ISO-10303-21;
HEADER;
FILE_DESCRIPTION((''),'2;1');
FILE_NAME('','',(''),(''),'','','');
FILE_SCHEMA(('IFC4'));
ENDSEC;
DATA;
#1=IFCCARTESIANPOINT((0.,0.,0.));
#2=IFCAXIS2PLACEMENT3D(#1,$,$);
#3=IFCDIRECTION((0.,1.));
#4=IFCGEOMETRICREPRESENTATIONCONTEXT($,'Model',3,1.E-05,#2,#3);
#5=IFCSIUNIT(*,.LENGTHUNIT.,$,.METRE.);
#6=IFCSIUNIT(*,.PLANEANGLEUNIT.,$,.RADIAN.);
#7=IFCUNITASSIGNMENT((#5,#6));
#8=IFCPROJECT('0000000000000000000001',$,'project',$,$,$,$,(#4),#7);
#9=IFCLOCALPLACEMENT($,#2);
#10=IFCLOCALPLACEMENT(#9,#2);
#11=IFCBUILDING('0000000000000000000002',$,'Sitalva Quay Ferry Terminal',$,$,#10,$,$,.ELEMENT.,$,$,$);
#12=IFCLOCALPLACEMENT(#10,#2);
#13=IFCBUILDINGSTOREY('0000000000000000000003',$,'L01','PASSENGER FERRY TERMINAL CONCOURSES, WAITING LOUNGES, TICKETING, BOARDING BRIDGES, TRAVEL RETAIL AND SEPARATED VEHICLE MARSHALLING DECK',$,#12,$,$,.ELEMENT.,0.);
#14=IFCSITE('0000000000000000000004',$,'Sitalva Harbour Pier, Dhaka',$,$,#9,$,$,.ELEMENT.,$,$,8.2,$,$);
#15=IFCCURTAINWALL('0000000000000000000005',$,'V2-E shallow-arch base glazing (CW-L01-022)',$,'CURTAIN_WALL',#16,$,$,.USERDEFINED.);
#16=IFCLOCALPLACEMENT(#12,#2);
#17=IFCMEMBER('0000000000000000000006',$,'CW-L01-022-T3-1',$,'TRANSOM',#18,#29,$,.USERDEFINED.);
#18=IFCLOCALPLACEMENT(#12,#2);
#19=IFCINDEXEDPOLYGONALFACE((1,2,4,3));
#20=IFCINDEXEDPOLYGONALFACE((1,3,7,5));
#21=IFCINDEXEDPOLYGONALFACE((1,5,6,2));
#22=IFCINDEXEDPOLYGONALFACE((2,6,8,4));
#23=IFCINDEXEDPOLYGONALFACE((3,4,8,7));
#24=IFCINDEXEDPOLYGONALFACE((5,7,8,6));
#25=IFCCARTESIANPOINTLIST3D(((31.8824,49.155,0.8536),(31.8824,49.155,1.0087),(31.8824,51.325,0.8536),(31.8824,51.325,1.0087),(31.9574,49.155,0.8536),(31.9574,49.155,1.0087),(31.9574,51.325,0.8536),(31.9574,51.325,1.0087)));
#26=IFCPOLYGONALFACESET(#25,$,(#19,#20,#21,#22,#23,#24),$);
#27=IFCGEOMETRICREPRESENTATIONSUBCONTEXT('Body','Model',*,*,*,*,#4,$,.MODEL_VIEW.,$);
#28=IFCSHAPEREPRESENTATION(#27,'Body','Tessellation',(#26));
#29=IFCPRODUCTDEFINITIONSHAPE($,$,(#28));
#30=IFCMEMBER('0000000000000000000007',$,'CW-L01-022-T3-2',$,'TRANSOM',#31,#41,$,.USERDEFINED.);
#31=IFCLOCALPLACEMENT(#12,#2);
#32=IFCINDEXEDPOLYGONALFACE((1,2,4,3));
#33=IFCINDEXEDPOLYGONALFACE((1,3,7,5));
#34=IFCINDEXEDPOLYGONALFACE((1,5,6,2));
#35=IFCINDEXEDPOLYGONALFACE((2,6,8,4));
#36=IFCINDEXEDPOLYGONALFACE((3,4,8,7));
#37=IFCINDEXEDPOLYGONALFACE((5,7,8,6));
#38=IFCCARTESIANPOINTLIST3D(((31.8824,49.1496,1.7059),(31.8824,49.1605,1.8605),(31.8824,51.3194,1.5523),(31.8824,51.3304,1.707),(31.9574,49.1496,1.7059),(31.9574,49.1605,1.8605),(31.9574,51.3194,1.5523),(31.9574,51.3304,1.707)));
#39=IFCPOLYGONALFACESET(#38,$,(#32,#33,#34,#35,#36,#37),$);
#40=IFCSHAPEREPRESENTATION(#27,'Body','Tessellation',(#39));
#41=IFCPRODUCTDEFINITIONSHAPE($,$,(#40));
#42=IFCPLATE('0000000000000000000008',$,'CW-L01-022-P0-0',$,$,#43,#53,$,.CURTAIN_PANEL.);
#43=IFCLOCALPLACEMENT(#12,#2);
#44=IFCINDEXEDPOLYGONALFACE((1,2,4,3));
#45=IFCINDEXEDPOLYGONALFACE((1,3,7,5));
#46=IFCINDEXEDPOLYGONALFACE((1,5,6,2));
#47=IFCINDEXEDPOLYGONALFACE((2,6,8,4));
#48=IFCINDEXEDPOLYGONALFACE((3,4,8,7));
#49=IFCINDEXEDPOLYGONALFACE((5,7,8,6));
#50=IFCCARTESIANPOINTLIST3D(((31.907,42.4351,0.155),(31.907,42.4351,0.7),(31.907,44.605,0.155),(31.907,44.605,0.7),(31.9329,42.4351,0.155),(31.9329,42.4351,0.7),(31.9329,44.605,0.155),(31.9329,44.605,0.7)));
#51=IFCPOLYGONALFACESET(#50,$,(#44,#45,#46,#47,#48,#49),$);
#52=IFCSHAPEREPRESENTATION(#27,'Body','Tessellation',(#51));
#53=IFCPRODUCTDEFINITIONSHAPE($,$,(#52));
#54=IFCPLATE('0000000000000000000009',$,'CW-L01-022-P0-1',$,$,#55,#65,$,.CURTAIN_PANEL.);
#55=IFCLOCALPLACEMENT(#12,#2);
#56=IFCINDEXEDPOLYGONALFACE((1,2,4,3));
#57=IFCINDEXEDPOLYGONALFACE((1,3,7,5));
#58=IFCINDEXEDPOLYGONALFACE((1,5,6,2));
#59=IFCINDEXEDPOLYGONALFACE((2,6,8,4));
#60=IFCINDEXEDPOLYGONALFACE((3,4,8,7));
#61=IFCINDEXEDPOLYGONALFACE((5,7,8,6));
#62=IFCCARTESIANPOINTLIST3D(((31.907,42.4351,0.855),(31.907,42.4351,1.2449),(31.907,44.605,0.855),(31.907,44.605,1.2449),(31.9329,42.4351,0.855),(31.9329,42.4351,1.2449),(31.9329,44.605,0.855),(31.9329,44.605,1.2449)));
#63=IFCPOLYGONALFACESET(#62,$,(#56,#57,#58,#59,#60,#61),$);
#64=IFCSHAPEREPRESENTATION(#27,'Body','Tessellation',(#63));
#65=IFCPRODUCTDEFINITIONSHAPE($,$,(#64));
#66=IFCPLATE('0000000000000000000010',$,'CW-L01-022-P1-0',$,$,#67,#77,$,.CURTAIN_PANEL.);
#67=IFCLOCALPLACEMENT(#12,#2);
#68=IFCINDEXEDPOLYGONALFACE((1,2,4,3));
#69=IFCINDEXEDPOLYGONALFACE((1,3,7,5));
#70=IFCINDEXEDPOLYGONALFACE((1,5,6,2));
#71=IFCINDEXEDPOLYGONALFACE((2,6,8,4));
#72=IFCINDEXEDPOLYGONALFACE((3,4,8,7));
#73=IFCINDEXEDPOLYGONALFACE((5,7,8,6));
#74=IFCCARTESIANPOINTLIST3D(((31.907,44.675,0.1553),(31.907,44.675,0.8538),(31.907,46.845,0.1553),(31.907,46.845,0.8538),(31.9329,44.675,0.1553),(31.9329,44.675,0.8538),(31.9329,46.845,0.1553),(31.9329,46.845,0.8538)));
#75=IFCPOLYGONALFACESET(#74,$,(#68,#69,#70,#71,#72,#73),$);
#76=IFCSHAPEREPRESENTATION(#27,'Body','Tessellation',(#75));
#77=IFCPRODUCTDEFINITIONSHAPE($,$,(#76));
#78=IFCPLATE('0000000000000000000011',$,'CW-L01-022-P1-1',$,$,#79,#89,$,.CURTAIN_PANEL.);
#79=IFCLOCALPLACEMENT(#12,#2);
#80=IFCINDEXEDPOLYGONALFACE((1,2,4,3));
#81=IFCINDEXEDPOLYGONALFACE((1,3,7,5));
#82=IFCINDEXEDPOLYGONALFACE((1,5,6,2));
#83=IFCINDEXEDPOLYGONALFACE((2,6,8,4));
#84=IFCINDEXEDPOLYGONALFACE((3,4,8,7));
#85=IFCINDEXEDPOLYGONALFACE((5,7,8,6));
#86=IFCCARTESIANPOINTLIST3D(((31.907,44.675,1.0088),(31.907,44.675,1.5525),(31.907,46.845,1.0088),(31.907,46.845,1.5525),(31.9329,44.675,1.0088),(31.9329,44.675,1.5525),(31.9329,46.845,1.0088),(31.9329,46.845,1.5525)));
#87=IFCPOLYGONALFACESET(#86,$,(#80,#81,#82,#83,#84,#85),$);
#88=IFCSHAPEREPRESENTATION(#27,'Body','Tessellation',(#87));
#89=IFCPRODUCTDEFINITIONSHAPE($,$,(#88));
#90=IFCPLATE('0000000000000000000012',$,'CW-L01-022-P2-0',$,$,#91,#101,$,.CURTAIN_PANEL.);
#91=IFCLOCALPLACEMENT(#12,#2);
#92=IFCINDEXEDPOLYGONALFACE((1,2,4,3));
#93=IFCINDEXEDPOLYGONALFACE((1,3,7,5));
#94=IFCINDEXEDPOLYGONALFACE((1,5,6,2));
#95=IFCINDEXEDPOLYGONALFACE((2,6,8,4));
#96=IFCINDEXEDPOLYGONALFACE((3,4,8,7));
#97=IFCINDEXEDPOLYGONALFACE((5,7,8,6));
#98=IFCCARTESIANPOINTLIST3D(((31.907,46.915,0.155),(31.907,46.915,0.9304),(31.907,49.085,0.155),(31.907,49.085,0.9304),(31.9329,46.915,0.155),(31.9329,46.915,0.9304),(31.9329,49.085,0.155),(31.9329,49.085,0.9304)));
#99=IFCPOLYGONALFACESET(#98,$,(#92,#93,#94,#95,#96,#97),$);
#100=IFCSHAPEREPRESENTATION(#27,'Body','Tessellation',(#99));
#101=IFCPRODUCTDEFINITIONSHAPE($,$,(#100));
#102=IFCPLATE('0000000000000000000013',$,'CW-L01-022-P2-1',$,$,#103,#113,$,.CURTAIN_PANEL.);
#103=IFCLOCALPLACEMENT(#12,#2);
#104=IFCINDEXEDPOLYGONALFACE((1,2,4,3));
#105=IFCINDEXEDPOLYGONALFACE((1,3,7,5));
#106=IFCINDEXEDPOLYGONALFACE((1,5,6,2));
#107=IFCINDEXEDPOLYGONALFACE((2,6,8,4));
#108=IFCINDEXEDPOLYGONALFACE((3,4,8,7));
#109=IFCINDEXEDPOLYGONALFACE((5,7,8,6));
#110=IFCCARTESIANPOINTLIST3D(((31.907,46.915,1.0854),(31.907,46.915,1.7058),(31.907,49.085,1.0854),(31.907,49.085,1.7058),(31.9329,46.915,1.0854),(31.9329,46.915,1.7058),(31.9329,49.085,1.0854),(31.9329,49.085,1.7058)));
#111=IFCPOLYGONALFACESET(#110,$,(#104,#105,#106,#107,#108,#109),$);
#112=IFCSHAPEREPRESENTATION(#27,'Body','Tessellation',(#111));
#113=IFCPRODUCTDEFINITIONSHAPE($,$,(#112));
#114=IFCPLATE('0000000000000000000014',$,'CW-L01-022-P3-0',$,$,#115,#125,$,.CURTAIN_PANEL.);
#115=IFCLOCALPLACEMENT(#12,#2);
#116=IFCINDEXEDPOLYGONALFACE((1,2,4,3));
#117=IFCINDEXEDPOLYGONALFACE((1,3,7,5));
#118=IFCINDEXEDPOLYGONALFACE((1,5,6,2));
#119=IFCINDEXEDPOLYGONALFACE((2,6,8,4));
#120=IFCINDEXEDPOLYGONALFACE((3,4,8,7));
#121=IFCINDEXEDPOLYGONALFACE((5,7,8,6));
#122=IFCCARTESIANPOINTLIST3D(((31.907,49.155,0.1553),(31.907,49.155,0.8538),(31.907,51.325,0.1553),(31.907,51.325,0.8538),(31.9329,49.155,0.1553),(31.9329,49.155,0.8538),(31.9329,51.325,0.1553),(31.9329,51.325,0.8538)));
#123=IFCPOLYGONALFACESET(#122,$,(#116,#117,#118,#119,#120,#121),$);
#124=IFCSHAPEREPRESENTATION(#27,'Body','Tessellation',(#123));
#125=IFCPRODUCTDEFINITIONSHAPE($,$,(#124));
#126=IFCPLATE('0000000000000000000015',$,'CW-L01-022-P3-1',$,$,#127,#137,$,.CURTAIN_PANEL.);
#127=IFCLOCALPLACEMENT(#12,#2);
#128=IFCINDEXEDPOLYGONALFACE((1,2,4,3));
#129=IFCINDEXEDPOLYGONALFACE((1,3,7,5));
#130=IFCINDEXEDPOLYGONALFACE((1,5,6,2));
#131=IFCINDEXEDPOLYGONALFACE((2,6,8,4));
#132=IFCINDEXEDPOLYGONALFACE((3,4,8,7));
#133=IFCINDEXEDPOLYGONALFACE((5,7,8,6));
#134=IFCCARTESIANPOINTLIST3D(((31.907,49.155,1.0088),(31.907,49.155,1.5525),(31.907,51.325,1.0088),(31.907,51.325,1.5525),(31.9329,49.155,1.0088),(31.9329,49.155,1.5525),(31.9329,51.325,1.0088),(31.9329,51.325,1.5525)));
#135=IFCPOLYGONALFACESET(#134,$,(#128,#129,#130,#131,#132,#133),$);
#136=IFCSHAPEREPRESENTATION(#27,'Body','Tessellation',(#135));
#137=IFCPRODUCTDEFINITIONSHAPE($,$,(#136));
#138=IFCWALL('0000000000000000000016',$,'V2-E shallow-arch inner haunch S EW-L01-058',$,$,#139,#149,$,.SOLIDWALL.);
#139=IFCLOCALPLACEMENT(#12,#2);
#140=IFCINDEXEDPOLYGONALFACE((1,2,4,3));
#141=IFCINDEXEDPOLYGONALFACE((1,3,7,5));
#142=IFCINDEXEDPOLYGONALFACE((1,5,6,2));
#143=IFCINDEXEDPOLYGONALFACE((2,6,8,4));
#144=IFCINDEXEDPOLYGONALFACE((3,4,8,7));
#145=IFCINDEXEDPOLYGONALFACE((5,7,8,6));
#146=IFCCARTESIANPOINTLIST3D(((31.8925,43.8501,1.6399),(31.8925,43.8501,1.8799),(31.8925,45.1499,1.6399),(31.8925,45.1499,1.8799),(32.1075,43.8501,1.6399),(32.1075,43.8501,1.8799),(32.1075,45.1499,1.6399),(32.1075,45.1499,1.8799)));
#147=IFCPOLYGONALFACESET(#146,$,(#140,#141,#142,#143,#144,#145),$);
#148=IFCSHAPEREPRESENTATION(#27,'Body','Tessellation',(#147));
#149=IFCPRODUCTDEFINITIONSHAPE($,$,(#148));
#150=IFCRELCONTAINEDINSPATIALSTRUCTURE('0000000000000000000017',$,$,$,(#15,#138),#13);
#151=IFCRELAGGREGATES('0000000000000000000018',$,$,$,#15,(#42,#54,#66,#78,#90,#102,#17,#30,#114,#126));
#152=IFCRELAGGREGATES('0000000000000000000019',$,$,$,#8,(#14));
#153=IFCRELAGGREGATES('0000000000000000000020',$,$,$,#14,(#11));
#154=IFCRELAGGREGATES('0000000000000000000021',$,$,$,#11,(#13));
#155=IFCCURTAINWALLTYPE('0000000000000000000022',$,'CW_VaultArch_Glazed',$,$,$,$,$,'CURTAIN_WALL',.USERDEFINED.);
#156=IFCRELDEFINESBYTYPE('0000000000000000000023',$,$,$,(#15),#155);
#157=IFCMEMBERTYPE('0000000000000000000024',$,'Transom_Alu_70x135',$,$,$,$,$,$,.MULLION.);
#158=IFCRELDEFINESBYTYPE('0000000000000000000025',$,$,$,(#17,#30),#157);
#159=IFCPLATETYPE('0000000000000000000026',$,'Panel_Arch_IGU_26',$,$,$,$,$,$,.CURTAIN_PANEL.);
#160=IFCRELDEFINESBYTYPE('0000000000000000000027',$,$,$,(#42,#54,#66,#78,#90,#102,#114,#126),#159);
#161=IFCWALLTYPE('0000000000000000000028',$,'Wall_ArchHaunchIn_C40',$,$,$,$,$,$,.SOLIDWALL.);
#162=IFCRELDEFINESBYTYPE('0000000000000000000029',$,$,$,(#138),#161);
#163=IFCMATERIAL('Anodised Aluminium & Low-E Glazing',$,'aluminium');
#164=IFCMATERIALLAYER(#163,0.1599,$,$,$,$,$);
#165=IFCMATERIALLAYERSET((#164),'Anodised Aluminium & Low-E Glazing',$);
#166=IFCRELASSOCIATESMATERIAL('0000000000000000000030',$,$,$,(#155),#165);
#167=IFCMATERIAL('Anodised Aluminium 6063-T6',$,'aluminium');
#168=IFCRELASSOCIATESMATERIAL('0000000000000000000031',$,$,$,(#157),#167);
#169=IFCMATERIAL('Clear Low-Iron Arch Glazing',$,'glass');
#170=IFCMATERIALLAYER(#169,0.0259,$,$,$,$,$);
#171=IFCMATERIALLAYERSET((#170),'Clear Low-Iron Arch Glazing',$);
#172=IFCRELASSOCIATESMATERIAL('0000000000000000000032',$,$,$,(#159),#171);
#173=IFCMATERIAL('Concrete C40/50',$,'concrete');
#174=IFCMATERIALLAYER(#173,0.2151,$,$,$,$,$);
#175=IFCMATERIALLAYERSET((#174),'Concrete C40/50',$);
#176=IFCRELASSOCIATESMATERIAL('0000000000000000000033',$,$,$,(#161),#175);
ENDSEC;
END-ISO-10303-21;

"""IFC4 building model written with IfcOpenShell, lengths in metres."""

from ifc_helpers import new_model, si_unit, direction, frame, frame_2d, origin, origin_2d, place, context, subcontext, project, spatial, rectangle, extrude, material, layer, layer_set, material_profile, profile_set, type_object, element, aggregate, save


model = new_model("IFC4")

# Units and contexts
model_context = context("Model", 3, precision=1e-05, world=origin(), true_north=direction((0.0, 1.0)))
body_context = subcontext(model_context, "Body", "Model", "MODEL_VIEW")
ifc_project = project(units=[si_unit("LENGTHUNIT", "METRE"), si_unit("PLANEANGLEUNIT", "RADIAN")], contexts=[model_context])

# Site, building, storey
site_placement = place(None, origin())
site = spatial("IfcSite", under=ifc_project, at=site_placement, Name="Sitalva Harbour Pier, Dhaka", CompositionType="ELEMENT", RefElevation=8.2)
building_placement = place(site_placement, origin())
building = spatial("IfcBuilding", under=site, at=building_placement, Name="Sitalva Quay Ferry Terminal", CompositionType="ELEMENT")
storey_placement = place(building_placement, origin())
storey = spatial("IfcBuildingStorey", under=building, at=storey_placement, Name="L01", Description="PASSENGER FERRY TERMINAL CONCOURSES, WAITING LOUNGES, TICKETING, BOARDING BRIDGES, TRAVEL RETAIL AND SEPARATED VEHICLE MARSHALLING DECK", CompositionType="ELEMENT", Elevation=0.0)

# Curtain wall, members, plates
ifc_material_1 = material(Name="Anodised Aluminium & Low-E Glazing", Category="aluminium")
ifc_layer_1 = layer(ifc_material_1, 0.1599)
ifc_layer_set_1 = layer_set([ifc_layer_1], Name="Anodised Aluminium & Low-E Glazing")
curtain_wall_type = type_object("IfcCurtainWallType", Name="CW_VaultArch_Glazed", ElementType="CURTAIN_WALL", PredefinedType="USERDEFINED", material=ifc_layer_set_1)
curtain_wall_placement = place(storey_placement, origin())
curtain_wall = element("IfcCurtainWall", 1, at=curtain_wall_placement, inside=storey, type_object=curtain_wall_type, Name="V2-E shallow-arch base glazing (CW-L01-022)", ObjectType="CURTAIN_WALL", PredefinedType="USERDEFINED")
ifc_material_2 = material(Name="Anodised Aluminium 6063-T6", Category="aluminium")
ifc_material_profile_1 = material_profile(ifc_material_2, rectangle(XDim=0.075, YDim=0.155, at=origin_2d()), Name="ALU75x155")
ifc_profile_set_1 = profile_set([ifc_material_profile_1], Name="Anodised Aluminium 6063-T6")
member_type_1 = type_object("IfcMemberType", Name="Transom_Alu_70x135", PredefinedType="MULLION", material=ifc_profile_set_1)
member_1_placement = place(storey_placement, frame((31.9199, 49.155, 0.9312), z_axis=(0.0, 1.0, 0.0), x_axis=(-1.0, 0.0, 0.0)))
member_1 = element("IfcMember", 2, at=member_1_placement, type_object=member_type_1, Name="CW-L01-022-T3-1", ObjectType="TRANSOM", PredefinedType="USERDEFINED", context=body_context, shape_type="SweptSolid", body=[
    extrude(rectangle(XDim=0.075, YDim=0.155, at=origin_2d()), origin(), (0.0, 0.0, 1.0), 2.1699),
])
member_2_placement = place(storey_placement, frame((31.9199, 49.155, 1.7832), z_axis=(0.0, 0.997505, -0.070593), x_axis=(-1.0, 0.0, 0.0)))
member_2 = element("IfcMember", 3, at=member_2_placement, type_object=member_type_1, Name="CW-L01-022-T3-2", ObjectType="TRANSOM", PredefinedType="USERDEFINED", context=body_context, shape_type="SweptSolid", body=[
    extrude(rectangle(XDim=0.075, YDim=0.155, at=origin_2d()), origin(), (0.0, 0.0, 1.0), 2.1753),
])
ifc_material_3 = material(Name="Clear Low-Iron Arch Glazing", Category="glass")
ifc_layer_2 = layer(ifc_material_3, 0.0259)
ifc_layer_set_2 = layer_set([ifc_layer_2], Name="Clear Low-Iron Arch Glazing")
plate_type = type_object("IfcPlateType", Name="Panel_Arch_IGU_26", PredefinedType="CURTAIN_PANEL", material=ifc_layer_set_2)
plate_1_placement = place(storey_placement, frame((31.9199, 43.52, 0.155), z_axis=(0.0, 0.0, 1.0), x_axis=(0.0, 1.0, 0.0)))
plate_1 = element("IfcPlate", 4, at=plate_1_placement, type_object=plate_type, Name="CW-L01-022-P0-0", PredefinedType="CURTAIN_PANEL", context=body_context, shape_type="SweptSolid", body=[
    extrude(rectangle(XDim=2.1699, YDim=0.0259, at=origin_2d()), origin(), (0.0, 0.0, 1.0), 0.5449),
])
plate_2_placement = place(storey_placement, frame((31.9199, 43.52, 0.855), z_axis=(0.0, 0.0, 1.0), x_axis=(0.0, 1.0, 0.0)))
plate_2 = element("IfcPlate", 5, at=plate_2_placement, type_object=plate_type, Name="CW-L01-022-P0-1", PredefinedType="CURTAIN_PANEL", context=body_context, shape_type="SweptSolid", body=[
    extrude(rectangle(XDim=2.1699, YDim=0.0259, at=origin_2d()), origin(), (0.0, 0.0, 1.0), 0.3899),
])
plate_3_placement = place(storey_placement, frame((31.9199, 45.76, 0.1553), z_axis=(0.0, 0.0, 1.0), x_axis=(0.0, 1.0, 0.0)))
plate_3 = element("IfcPlate", 6, at=plate_3_placement, type_object=plate_type, Name="CW-L01-022-P1-0", PredefinedType="CURTAIN_PANEL", context=body_context, shape_type="SweptSolid", body=[
    extrude(rectangle(XDim=2.1699, YDim=0.0259, at=origin_2d()), origin(), (0.0, 0.0, 1.0), 0.6985),
])
plate_4_placement = place(storey_placement, frame((31.9199, 45.76, 1.0088), z_axis=(0.0, 0.0, 1.0), x_axis=(0.0, 1.0, 0.0)))
plate_4 = element("IfcPlate", 7, at=plate_4_placement, type_object=plate_type, Name="CW-L01-022-P1-1", PredefinedType="CURTAIN_PANEL", context=body_context, shape_type="SweptSolid", body=[
    extrude(rectangle(XDim=2.1699, YDim=0.0259, at=origin_2d()), origin(), (0.0, 0.0, 1.0), 0.5437),
])
plate_5_placement = place(storey_placement, frame((31.9199, 48.0, 0.155), z_axis=(0.0, 0.0, 1.0), x_axis=(0.0, 1.0, 0.0)))
plate_5 = element("IfcPlate", 8, at=plate_5_placement, type_object=plate_type, Name="CW-L01-022-P2-0", PredefinedType="CURTAIN_PANEL", context=body_context, shape_type="SweptSolid", body=[
    extrude(rectangle(XDim=2.1699, YDim=0.0259, at=origin_2d()), origin(), (0.0, 0.0, 1.0), 0.7754),
])
plate_6_placement = place(storey_placement, frame((31.9199, 48.0, 1.0854), z_axis=(0.0, 0.0, 1.0), x_axis=(0.0, 1.0, 0.0)))
plate_6 = element("IfcPlate", 9, at=plate_6_placement, type_object=plate_type, Name="CW-L01-022-P2-1", PredefinedType="CURTAIN_PANEL", context=body_context, shape_type="SweptSolid", body=[
    extrude(rectangle(XDim=2.1699, YDim=0.0259, at=origin_2d()), origin(), (0.0, 0.0, 1.0), 0.6204),
])
plate_7_placement = place(storey_placement, frame((31.9199, 50.24, 0.1553), z_axis=(0.0, 0.0, 1.0), x_axis=(0.0, 1.0, 0.0)))
plate_7 = element("IfcPlate", 10, at=plate_7_placement, type_object=plate_type, Name="CW-L01-022-P3-0", PredefinedType="CURTAIN_PANEL", context=body_context, shape_type="SweptSolid", body=[
    extrude(rectangle(XDim=2.1699, YDim=0.0259, at=origin_2d()), origin(), (0.0, 0.0, 1.0), 0.6985),
])
plate_8_placement = place(storey_placement, frame((31.9199, 50.24, 1.0088), z_axis=(0.0, 0.0, 1.0), x_axis=(0.0, 1.0, 0.0)))
plate_8 = element("IfcPlate", 11, at=plate_8_placement, type_object=plate_type, Name="CW-L01-022-P3-1", PredefinedType="CURTAIN_PANEL", context=body_context, shape_type="SweptSolid", body=[
    extrude(rectangle(XDim=2.1699, YDim=0.0259, at=origin_2d()), origin(), (0.0, 0.0, 1.0), 0.5437),
])
aggregate(curtain_wall, [plate_1, plate_2, plate_3, plate_4, plate_5, plate_6, member_1, member_2, plate_7, plate_8])

# Wall
ifc_material_4 = material(Name="Concrete C40/50", Category="concrete")
ifc_layer_3 = layer(ifc_material_4, 0.2151)
ifc_layer_set_3 = layer_set([ifc_layer_3], Name="Concrete C40/50")
wall_type = type_object("IfcWallType", Name="Wall_ArchHaunchIn_C40", PredefinedType="SOLIDWALL", material=ifc_layer_set_3)
wall_placement = place(storey_placement, frame((32.0, 43.8501, 1.6399), z_axis=(0.0, 0.0, 1.0), x_axis=(0.0, 1.0, 0.0)))
element("IfcWall", 12, at=wall_placement, inside=storey, type_object=wall_type, Name="V2-E shallow-arch inner haunch S EW-L01-058", PredefinedType="SOLIDWALL", context=body_context, shape_type="SweptSolid", body=[
    extrude(rectangle(XDim=1.2998, YDim=0.2151, at=frame_2d((0.6499, 0.0))), origin(), (0.0, 0.0, 1.0), 0.24),
])

save(model, "model.ifc")
